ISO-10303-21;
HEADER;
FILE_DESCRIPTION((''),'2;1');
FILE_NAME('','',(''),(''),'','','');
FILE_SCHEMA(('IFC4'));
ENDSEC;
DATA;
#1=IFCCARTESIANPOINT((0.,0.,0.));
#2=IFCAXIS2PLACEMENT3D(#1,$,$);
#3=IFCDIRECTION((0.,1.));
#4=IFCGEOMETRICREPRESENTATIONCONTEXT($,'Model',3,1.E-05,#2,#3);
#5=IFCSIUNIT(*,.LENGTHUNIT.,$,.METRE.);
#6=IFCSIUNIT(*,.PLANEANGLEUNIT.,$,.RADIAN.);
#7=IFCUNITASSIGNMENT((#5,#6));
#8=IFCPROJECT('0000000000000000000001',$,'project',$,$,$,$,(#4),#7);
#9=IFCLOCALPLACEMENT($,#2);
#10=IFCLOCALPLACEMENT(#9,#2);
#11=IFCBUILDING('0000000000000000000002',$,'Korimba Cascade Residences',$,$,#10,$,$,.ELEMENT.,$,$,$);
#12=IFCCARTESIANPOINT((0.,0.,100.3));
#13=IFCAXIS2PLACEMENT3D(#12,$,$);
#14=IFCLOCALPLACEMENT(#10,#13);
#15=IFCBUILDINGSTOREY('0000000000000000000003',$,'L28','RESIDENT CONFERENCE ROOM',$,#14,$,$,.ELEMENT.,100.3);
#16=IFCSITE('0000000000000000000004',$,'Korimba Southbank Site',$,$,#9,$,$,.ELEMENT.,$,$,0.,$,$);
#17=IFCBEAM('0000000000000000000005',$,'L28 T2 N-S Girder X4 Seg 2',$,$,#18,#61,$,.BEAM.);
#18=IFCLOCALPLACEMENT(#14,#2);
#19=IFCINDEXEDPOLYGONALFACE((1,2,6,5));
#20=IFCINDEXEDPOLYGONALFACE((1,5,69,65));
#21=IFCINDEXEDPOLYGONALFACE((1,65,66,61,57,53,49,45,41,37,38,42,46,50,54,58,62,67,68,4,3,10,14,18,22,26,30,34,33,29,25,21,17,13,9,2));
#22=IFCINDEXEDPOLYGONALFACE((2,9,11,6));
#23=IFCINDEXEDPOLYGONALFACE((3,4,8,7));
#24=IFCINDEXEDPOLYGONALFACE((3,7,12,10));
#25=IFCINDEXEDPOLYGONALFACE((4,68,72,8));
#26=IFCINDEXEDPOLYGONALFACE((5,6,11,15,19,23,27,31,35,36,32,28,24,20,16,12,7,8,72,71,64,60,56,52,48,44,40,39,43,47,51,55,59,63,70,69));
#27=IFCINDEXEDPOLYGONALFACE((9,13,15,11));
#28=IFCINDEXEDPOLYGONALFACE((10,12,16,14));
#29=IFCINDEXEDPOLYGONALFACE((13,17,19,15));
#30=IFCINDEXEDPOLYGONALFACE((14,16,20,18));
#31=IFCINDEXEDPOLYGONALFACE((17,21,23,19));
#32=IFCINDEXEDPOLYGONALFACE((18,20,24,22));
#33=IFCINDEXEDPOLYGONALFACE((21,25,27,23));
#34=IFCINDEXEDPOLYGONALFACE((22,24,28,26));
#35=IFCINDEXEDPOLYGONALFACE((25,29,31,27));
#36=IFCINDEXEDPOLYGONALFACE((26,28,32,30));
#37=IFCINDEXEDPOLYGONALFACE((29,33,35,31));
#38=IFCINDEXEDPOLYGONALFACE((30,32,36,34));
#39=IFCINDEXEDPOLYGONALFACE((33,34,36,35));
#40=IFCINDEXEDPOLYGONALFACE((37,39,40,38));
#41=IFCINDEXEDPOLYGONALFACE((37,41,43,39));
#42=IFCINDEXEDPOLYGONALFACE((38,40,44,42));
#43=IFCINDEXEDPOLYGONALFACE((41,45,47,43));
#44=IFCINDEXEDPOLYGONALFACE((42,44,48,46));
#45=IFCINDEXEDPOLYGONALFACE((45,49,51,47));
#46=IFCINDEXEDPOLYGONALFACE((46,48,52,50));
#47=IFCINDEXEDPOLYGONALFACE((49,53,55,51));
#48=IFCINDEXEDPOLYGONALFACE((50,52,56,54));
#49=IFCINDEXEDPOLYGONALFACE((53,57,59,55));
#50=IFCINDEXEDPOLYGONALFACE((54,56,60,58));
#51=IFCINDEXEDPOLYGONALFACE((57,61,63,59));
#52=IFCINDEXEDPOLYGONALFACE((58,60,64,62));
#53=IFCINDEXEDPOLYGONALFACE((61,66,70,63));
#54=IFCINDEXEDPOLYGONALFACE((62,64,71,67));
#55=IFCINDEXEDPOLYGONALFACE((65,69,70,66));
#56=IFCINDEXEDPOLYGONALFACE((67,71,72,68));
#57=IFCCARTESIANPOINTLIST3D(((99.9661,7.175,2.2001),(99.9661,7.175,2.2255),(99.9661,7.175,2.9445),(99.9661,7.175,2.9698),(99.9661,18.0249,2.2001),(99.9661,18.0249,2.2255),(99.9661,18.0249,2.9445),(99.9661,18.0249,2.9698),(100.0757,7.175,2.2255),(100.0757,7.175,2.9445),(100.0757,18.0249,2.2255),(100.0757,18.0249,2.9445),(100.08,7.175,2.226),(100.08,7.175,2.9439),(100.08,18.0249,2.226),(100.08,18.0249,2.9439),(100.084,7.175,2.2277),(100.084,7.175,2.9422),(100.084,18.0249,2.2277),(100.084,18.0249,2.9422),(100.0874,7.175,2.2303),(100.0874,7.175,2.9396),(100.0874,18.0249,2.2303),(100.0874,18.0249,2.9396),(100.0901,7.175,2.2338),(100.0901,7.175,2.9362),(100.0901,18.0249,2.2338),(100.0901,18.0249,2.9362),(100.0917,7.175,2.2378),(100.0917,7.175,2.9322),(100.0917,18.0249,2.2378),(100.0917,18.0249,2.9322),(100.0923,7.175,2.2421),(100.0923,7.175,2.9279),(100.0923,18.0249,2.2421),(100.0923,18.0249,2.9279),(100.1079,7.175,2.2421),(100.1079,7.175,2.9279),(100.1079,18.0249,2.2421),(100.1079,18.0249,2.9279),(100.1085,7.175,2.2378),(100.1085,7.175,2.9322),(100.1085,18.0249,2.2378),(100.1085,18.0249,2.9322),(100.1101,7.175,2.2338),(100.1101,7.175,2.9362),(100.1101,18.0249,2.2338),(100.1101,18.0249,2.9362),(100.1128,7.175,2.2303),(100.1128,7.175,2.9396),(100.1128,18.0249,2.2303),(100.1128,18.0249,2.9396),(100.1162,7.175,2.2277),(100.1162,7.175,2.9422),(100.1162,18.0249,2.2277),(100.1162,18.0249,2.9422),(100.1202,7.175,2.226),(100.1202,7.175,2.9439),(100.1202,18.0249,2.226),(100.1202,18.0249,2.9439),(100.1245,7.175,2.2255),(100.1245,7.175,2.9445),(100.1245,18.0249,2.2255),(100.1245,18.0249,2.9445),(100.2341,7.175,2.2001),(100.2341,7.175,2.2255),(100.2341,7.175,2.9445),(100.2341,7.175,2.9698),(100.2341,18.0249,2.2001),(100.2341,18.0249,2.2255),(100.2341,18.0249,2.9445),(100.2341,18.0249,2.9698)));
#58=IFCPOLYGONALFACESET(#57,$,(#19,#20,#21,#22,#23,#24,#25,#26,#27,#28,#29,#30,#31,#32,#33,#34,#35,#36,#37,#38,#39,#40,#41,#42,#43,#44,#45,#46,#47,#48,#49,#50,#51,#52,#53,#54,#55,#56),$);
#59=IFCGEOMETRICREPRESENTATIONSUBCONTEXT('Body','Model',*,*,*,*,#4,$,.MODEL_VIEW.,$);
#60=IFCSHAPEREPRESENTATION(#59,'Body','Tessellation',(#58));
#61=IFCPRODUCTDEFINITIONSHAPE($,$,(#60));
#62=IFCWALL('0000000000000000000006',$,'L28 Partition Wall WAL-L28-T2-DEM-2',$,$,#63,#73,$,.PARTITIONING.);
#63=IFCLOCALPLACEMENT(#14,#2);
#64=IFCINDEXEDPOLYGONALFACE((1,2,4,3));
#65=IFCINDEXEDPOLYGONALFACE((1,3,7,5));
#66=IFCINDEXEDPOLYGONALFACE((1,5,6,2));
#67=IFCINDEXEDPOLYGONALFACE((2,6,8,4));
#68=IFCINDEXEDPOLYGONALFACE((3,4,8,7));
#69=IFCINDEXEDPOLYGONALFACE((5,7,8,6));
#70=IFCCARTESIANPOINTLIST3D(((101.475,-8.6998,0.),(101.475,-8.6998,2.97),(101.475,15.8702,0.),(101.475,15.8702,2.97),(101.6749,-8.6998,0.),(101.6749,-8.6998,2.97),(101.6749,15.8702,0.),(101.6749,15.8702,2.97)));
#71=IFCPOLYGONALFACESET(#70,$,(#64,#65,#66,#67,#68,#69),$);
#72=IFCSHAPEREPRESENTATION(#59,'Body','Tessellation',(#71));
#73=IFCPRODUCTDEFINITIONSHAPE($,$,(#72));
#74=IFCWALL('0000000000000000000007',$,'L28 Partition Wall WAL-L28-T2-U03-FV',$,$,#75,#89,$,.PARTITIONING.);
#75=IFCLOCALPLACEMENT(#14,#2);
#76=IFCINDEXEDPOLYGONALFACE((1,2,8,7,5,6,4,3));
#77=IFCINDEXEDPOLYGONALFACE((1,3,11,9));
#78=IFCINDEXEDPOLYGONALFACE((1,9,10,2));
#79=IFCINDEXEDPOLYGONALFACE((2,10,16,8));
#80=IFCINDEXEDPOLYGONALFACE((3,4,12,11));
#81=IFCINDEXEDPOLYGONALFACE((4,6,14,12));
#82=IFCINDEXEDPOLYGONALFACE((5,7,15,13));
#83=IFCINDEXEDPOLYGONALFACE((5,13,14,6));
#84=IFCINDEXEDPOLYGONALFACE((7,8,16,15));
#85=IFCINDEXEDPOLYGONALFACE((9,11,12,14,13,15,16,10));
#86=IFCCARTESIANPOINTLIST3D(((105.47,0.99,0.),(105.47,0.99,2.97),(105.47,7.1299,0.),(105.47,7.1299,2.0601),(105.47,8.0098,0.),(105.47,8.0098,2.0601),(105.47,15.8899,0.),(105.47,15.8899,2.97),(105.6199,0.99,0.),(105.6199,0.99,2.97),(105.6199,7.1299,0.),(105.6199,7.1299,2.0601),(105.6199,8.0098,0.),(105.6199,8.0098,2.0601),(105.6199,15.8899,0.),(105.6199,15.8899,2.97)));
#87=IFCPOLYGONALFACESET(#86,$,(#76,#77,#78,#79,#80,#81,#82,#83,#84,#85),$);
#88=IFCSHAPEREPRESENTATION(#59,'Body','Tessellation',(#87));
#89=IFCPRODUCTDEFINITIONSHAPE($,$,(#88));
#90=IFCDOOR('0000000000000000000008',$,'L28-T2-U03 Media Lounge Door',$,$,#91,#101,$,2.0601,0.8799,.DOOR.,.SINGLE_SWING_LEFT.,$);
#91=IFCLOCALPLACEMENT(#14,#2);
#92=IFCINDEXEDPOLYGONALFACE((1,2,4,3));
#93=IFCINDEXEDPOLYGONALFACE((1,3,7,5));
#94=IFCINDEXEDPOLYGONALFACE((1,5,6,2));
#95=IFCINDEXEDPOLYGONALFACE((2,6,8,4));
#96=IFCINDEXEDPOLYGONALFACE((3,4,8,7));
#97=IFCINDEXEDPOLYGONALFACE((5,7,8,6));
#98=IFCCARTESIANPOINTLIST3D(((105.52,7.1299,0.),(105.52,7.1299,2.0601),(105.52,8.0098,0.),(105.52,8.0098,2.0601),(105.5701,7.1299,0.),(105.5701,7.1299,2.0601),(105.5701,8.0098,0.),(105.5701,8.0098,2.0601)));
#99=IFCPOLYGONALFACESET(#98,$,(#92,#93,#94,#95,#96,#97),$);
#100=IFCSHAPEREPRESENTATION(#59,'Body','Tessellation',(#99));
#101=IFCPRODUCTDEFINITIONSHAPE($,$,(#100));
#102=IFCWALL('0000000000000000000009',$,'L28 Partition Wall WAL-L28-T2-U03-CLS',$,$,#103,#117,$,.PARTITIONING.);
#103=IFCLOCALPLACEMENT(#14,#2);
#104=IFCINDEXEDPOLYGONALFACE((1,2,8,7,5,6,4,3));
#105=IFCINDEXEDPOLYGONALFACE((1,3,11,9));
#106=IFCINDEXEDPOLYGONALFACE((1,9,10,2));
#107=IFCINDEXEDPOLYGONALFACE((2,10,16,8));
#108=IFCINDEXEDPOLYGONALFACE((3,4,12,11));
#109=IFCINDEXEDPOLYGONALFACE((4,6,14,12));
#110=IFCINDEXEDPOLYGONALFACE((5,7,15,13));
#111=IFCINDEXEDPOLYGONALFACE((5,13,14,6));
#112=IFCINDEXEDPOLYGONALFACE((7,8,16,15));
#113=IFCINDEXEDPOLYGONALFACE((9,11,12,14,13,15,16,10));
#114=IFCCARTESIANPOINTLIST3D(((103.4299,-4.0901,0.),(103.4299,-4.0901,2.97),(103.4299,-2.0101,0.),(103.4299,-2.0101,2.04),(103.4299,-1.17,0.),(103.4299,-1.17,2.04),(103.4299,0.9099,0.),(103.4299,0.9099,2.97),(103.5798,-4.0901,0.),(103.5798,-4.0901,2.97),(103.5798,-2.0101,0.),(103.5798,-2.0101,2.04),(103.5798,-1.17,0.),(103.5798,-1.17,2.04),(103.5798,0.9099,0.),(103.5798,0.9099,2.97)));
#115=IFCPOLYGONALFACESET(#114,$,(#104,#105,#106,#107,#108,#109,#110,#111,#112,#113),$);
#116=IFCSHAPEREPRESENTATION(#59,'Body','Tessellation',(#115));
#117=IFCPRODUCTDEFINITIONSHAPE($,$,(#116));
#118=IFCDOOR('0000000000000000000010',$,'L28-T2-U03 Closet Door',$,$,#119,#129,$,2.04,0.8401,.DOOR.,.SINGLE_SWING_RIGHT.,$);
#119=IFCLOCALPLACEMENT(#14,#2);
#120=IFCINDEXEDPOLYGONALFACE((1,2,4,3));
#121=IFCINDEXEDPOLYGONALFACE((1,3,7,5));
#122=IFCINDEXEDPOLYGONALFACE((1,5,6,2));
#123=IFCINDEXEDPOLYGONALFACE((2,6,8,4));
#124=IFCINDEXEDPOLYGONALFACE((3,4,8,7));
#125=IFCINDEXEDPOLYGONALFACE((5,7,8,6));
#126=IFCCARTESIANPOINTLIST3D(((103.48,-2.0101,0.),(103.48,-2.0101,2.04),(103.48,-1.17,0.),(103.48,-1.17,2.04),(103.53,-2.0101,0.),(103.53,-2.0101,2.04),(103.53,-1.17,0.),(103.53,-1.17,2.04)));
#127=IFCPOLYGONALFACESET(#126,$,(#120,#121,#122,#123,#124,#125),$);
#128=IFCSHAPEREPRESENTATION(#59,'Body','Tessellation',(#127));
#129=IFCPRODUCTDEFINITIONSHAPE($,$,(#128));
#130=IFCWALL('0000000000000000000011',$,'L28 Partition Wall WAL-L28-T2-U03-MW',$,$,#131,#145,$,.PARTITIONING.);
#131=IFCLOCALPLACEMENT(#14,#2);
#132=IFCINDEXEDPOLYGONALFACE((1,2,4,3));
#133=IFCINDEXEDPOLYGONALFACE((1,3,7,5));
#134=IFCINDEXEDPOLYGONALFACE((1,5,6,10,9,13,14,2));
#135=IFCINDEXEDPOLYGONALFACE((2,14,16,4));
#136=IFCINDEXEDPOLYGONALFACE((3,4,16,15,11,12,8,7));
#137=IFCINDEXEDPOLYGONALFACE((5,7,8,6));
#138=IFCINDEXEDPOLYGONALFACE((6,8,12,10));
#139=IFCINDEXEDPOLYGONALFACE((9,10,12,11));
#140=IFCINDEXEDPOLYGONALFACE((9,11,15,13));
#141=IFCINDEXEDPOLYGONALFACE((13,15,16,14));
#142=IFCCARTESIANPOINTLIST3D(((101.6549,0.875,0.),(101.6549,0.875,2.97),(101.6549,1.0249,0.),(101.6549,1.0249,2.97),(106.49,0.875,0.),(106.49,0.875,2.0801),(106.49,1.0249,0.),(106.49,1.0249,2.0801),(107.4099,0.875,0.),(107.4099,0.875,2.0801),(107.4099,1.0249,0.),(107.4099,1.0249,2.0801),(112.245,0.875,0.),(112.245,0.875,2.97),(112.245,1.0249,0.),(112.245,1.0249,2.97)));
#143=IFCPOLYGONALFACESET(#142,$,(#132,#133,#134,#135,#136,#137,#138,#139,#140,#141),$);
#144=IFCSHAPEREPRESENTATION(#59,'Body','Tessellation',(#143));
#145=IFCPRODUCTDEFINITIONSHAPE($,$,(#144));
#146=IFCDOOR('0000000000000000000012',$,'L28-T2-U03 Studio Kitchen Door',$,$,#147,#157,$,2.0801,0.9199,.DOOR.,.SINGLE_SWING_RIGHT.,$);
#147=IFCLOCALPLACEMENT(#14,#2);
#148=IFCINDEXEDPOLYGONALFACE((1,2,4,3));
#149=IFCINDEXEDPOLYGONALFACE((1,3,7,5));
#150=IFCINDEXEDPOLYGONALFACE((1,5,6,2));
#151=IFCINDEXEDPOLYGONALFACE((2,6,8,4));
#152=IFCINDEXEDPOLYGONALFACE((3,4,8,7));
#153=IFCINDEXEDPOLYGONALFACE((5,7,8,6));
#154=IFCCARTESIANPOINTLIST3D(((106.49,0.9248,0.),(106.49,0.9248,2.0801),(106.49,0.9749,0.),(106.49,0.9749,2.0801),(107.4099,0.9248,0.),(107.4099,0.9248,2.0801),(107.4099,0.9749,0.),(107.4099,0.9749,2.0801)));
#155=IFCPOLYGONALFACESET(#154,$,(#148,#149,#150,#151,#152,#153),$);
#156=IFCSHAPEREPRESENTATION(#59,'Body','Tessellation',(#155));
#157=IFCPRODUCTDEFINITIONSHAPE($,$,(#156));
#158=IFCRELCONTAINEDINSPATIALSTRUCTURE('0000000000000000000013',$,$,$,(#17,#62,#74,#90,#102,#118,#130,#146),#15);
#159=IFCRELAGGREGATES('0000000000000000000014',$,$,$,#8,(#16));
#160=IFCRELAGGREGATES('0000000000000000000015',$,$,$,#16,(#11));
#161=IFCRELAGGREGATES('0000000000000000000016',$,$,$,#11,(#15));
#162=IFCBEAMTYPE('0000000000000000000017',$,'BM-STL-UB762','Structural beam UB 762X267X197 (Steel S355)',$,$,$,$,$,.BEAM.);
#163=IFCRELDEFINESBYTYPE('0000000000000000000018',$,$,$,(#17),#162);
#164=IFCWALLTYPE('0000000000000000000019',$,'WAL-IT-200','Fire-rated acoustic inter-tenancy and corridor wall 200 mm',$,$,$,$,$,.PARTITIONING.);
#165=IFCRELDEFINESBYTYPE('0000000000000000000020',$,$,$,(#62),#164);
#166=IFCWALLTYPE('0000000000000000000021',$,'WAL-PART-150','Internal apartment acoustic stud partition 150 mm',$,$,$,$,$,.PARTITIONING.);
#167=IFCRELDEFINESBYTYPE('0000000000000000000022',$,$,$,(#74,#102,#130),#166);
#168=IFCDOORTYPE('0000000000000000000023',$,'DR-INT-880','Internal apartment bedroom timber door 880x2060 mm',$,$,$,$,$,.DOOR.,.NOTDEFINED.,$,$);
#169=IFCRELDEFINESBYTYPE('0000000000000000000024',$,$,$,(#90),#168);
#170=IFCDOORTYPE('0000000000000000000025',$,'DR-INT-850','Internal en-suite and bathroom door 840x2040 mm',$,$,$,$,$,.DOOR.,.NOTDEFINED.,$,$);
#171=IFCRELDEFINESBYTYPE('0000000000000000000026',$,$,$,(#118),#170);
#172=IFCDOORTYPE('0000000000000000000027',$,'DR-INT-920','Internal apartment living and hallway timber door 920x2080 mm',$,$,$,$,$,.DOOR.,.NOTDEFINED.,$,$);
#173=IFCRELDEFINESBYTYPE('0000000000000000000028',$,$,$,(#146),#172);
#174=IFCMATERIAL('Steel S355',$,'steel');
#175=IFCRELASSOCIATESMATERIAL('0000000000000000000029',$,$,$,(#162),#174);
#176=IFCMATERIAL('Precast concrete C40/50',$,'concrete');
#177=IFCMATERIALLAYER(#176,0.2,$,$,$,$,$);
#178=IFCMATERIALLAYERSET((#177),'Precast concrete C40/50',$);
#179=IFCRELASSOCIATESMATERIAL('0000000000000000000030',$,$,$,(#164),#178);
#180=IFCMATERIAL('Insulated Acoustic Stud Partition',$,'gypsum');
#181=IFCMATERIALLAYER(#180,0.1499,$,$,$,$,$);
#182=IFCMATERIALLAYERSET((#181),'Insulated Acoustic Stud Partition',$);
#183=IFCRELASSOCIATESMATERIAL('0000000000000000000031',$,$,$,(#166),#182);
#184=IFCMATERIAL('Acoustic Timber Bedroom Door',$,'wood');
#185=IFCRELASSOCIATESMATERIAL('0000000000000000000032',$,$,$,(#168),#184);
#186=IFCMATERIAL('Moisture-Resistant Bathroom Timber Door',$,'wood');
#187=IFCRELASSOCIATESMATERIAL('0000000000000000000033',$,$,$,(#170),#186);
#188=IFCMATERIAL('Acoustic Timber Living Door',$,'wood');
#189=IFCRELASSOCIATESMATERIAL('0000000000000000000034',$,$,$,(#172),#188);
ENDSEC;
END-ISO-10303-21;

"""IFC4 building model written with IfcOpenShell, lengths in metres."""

from ifc_helpers import new_model, si_unit, direction, frame, frame_2d, origin, origin_2d, place, context, subcontext, project, spatial, rectangle, i_section, extrude, material, layer, layer_set, material_profile, profile_set, type_object, element, fill, save


model = new_model("IFC4")

# Units and contexts
model_context = context("Model", 3, precision=1e-05, world=origin(), true_north=direction((0.0, 1.0)))
body_context = subcontext(model_context, "Body", "Model", "MODEL_VIEW")
ifc_project = project(units=[si_unit("LENGTHUNIT", "METRE"), si_unit("PLANEANGLEUNIT", "RADIAN")], contexts=[model_context])

# Site, building, storey
site_placement = place(None, origin())
site = spatial("IfcSite", under=ifc_project, at=site_placement, Name="Korimba Southbank Site", CompositionType="ELEMENT", RefElevation=0.0)
building_placement = place(site_placement, origin())
building = spatial("IfcBuilding", under=site, at=building_placement, Name="Korimba Cascade Residences", CompositionType="ELEMENT")
storey_placement = place(building_placement, frame((0.0, 0.0, 100.3)))
storey = spatial("IfcBuildingStorey", under=building, at=storey_placement, Name="L28", Description="RESIDENT CONFERENCE ROOM", CompositionType="ELEMENT", Elevation=100.3)

# Beam
ifc_material_1 = material(Name="Steel S355", Category="steel")
ifc_material_profile_1 = material_profile(ifc_material_1, i_section(OverallWidth=0.2681, OverallDepth=0.7698, WebThickness=0.0156, FlangeThickness=0.0254, FilletRadius=0.0166, at=origin_2d()), Name="Steel S355")
ifc_profile_set_1 = profile_set([ifc_material_profile_1], Name="Steel S355")
beam_type_1 = type_object("IfcBeamType", Name="BM-STL-UB762", Description="Structural beam UB 762X267X197 (Steel S355)", PredefinedType="BEAM", material=ifc_profile_set_1)
beam_1_placement = place(storey_placement, frame((100.1001, 7.175, 2.585), z_axis=(0.0, 1.0, 0.0), x_axis=(-1.0, 0.0, 0.0)))
element("IfcBeam", 1, at=beam_1_placement, inside=storey, type_object=beam_type_1, Name="L28 T2 N-S Girder X4 Seg 2", PredefinedType="BEAM", context=body_context, shape_type="SweptSolid", body=[
    extrude(i_section(OverallWidth=0.2681, OverallDepth=0.7698, WebThickness=0.0156, FlangeThickness=0.0254, FilletRadius=0.0166, at=origin_2d()), origin(), (0.0, 0.0, 1.0), 10.8499),
])

# Wall
ifc_material_2 = material(Name="Precast concrete C40/50", Category="concrete")
ifc_layer_1 = layer(ifc_material_2, 0.2)
ifc_layer_set_1 = layer_set([ifc_layer_1], Name="Precast concrete C40/50")
wall_type_1 = type_object("IfcWallType", Name="WAL-IT-200", Description="Fire-rated acoustic inter-tenancy and corridor wall 200 mm", PredefinedType="PARTITIONING", material=ifc_layer_set_1)
wall_1_placement = place(storey_placement, frame((101.575, -8.7, 0.0), z_axis=(0.0, 0.0, 1.0), x_axis=(0.0, 1.0, 0.0)))
element("IfcWall", 2, at=wall_1_placement, inside=storey, type_object=wall_type_1, Name="L28 Partition Wall WAL-L28-T2-DEM-2", PredefinedType="PARTITIONING", context=body_context, shape_type="SweptSolid", body=[
    extrude(rectangle(XDim=24.5701, YDim=0.2, at=frame_2d((12.2852, 0.0))), origin(), (0.0, 0.0, 1.0), 2.97),
])

# Walls, openings, doors
ifc_material_3 = material(Name="Insulated Acoustic Stud Partition", Category="gypsum")
ifc_layer_2 = layer(ifc_material_3, 0.1499)
ifc_layer_set_2 = layer_set([ifc_layer_2], Name="Insulated Acoustic Stud Partition")
wall_type_2 = type_object("IfcWallType", Name="WAL-PART-150", Description="Internal apartment acoustic stud partition 150 mm", PredefinedType="PARTITIONING", material=ifc_layer_set_2)
wall_2_placement = place(storey_placement, frame((105.5449, 0.99, 0.0), z_axis=(0.0, 0.0, 1.0), x_axis=(0.0, 1.0, 0.0)))
wall_2 = element("IfcWall", 3, at=wall_2_placement, inside=storey, type_object=wall_type_2, Name="L28 Partition Wall WAL-L28-T2-U03-FV", PredefinedType="PARTITIONING", context=body_context, shape_type="SweptSolid", body=[
    extrude(rectangle(XDim=14.8999, YDim=0.1499, at=frame_2d((7.45, 0.0))), origin(), (0.0, 0.0, 1.0), 2.97),
])
opening_1_placement = place(wall_2_placement, frame((6.1399, 0.0, 0.0)))
opening_1 = element("IfcOpeningElement", 4, at=opening_1_placement, cuts=wall_2, PredefinedType="OPENING", context=body_context, shape_type="SweptSolid", body=[
    extrude(rectangle(XDim=0.8799, YDim=2.0601, at=frame_2d((0.4399, 1.03))), frame((0.0, 0.085, 0.0), z_axis=(0.0, -1.0, 0.0), x_axis=(1.0, 0.0, 0.0)), (0.0, 0.0, 1.0), 0.1699),
])
ifc_material_4 = material(Name="Acoustic Timber Bedroom Door", Category="wood")
door_type_1 = type_object("IfcDoorType", Name="DR-INT-880", Description="Internal apartment bedroom timber door 880x2060 mm", OperationType="NOTDEFINED", PredefinedType="DOOR", material=ifc_material_4)
door_1_placement = place(opening_1_placement, origin())
door_1 = element("IfcDoor", 5, at=door_1_placement, inside=storey, type_object=door_type_1, Name="L28-T2-U03 Media Lounge Door", OperationType="SINGLE_SWING_LEFT", OverallHeight=2.0601, OverallWidth=0.8799, PredefinedType="DOOR", context=body_context, shape_type="SweptSolid", body=[
    extrude(rectangle(XDim=0.8799, YDim=2.0601, at=frame_2d((0.4399, 1.03))), frame((0.0, 0.0249, 0.0), z_axis=(0.0, -1.0, 0.0), x_axis=(1.0, 0.0, 0.0)), (0.0, 0.0, 1.0), 0.05),
])
fill(opening_1, door_1)
wall_3_placement = place(storey_placement, frame((103.5049, -4.0901, 0.0), z_axis=(0.0, 0.0, 1.0), x_axis=(0.0, 1.0, 0.0)))
wall_3 = element("IfcWall", 6, at=wall_3_placement, inside=storey, type_object=wall_type_2, Name="L28 Partition Wall WAL-L28-T2-U03-CLS", PredefinedType="PARTITIONING", context=body_context, shape_type="SweptSolid", body=[
    extrude(rectangle(XDim=5.0, YDim=0.1499, at=frame_2d((2.5, 0.0))), origin(), (0.0, 0.0, 1.0), 2.97),
])
opening_2_placement = place(wall_3_placement, frame((2.0801, 0.0, 0.0)))
opening_2 = element("IfcOpeningElement", 7, at=opening_2_placement, cuts=wall_3, PredefinedType="OPENING", context=body_context, shape_type="SweptSolid", body=[
    extrude(rectangle(XDim=0.8401, YDim=2.04, at=frame_2d((0.4199, 1.02))), frame((0.0, 0.085, 0.0), z_axis=(0.0, -1.0, 0.0), x_axis=(1.0, 0.0, 0.0)), (0.0, 0.0, 1.0), 0.1699),
])
ifc_material_5 = material(Name="Moisture-Resistant Bathroom Timber Door", Category="wood")
door_type_2 = type_object("IfcDoorType", Name="DR-INT-850", Description="Internal en-suite and bathroom door 840x2040 mm", OperationType="NOTDEFINED", PredefinedType="DOOR", material=ifc_material_5)
door_2_placement = place(opening_2_placement, origin())
door_2 = element("IfcDoor", 8, at=door_2_placement, inside=storey, type_object=door_type_2, Name="L28-T2-U03 Closet Door", OperationType="SINGLE_SWING_RIGHT", OverallHeight=2.04, OverallWidth=0.8401, PredefinedType="DOOR", context=body_context, shape_type="SweptSolid", body=[
    extrude(rectangle(XDim=0.8401, YDim=2.04, at=frame_2d((0.4199, 1.02))), frame((0.0, 0.0249, 0.0), z_axis=(0.0, -1.0, 0.0), x_axis=(1.0, 0.0, 0.0)), (0.0, 0.0, 1.0), 0.05),
])
fill(opening_2, door_2)
wall_4_placement = place(storey_placement, frame((101.655, 0.95, 0.0), z_axis=(0.0, 0.0, 1.0), x_axis=(1.0, 0.0, 0.0)))
wall_4 = element("IfcWall", 9, at=wall_4_placement, inside=storey, type_object=wall_type_2, Name="L28 Partition Wall WAL-L28-T2-U03-MW", PredefinedType="PARTITIONING", context=body_context, shape_type="SweptSolid", body=[
    extrude(rectangle(XDim=10.5901, YDim=0.1499, at=frame_2d((5.2949, 0.0))), origin(), (0.0, 0.0, 1.0), 2.97),
])
opening_3_placement = place(wall_4_placement, frame((4.835, 0.0, 0.0)))
opening_3 = element("IfcOpeningElement", 10, at=opening_3_placement, cuts=wall_4, PredefinedType="OPENING", context=body_context, shape_type="SweptSolid", body=[
    extrude(rectangle(XDim=0.9199, YDim=2.0801, at=frame_2d((0.46, 1.04))), frame((0.0, 0.085, 0.0), z_axis=(0.0, -1.0, 0.0), x_axis=(1.0, 0.0, 0.0)), (0.0, 0.0, 1.0), 0.1699),
])
ifc_material_6 = material(Name="Acoustic Timber Living Door", Category="wood")
door_type_3 = type_object("IfcDoorType", Name="DR-INT-920", Description="Internal apartment living and hallway timber door 920x2080 mm", OperationType="NOTDEFINED", PredefinedType="DOOR", material=ifc_material_6)
door_3_placement = place(opening_3_placement, origin())
door_3 = element("IfcDoor", 11, at=door_3_placement, inside=storey, type_object=door_type_3, Name="L28-T2-U03 Studio Kitchen Door", OperationType="SINGLE_SWING_RIGHT", OverallHeight=2.0801, OverallWidth=0.9199, PredefinedType="DOOR", context=body_context, shape_type="SweptSolid", body=[
    extrude(rectangle(XDim=0.9199, YDim=2.0801, at=frame_2d((0.46, 1.04))), frame((0.0, 0.0249, 0.0), z_axis=(0.0, -1.0, 0.0), x_axis=(1.0, 0.0, 0.0)), (0.0, 0.0, 1.0), 0.05),
])
fill(opening_3, door_3)

save(model, "model.ifc")
